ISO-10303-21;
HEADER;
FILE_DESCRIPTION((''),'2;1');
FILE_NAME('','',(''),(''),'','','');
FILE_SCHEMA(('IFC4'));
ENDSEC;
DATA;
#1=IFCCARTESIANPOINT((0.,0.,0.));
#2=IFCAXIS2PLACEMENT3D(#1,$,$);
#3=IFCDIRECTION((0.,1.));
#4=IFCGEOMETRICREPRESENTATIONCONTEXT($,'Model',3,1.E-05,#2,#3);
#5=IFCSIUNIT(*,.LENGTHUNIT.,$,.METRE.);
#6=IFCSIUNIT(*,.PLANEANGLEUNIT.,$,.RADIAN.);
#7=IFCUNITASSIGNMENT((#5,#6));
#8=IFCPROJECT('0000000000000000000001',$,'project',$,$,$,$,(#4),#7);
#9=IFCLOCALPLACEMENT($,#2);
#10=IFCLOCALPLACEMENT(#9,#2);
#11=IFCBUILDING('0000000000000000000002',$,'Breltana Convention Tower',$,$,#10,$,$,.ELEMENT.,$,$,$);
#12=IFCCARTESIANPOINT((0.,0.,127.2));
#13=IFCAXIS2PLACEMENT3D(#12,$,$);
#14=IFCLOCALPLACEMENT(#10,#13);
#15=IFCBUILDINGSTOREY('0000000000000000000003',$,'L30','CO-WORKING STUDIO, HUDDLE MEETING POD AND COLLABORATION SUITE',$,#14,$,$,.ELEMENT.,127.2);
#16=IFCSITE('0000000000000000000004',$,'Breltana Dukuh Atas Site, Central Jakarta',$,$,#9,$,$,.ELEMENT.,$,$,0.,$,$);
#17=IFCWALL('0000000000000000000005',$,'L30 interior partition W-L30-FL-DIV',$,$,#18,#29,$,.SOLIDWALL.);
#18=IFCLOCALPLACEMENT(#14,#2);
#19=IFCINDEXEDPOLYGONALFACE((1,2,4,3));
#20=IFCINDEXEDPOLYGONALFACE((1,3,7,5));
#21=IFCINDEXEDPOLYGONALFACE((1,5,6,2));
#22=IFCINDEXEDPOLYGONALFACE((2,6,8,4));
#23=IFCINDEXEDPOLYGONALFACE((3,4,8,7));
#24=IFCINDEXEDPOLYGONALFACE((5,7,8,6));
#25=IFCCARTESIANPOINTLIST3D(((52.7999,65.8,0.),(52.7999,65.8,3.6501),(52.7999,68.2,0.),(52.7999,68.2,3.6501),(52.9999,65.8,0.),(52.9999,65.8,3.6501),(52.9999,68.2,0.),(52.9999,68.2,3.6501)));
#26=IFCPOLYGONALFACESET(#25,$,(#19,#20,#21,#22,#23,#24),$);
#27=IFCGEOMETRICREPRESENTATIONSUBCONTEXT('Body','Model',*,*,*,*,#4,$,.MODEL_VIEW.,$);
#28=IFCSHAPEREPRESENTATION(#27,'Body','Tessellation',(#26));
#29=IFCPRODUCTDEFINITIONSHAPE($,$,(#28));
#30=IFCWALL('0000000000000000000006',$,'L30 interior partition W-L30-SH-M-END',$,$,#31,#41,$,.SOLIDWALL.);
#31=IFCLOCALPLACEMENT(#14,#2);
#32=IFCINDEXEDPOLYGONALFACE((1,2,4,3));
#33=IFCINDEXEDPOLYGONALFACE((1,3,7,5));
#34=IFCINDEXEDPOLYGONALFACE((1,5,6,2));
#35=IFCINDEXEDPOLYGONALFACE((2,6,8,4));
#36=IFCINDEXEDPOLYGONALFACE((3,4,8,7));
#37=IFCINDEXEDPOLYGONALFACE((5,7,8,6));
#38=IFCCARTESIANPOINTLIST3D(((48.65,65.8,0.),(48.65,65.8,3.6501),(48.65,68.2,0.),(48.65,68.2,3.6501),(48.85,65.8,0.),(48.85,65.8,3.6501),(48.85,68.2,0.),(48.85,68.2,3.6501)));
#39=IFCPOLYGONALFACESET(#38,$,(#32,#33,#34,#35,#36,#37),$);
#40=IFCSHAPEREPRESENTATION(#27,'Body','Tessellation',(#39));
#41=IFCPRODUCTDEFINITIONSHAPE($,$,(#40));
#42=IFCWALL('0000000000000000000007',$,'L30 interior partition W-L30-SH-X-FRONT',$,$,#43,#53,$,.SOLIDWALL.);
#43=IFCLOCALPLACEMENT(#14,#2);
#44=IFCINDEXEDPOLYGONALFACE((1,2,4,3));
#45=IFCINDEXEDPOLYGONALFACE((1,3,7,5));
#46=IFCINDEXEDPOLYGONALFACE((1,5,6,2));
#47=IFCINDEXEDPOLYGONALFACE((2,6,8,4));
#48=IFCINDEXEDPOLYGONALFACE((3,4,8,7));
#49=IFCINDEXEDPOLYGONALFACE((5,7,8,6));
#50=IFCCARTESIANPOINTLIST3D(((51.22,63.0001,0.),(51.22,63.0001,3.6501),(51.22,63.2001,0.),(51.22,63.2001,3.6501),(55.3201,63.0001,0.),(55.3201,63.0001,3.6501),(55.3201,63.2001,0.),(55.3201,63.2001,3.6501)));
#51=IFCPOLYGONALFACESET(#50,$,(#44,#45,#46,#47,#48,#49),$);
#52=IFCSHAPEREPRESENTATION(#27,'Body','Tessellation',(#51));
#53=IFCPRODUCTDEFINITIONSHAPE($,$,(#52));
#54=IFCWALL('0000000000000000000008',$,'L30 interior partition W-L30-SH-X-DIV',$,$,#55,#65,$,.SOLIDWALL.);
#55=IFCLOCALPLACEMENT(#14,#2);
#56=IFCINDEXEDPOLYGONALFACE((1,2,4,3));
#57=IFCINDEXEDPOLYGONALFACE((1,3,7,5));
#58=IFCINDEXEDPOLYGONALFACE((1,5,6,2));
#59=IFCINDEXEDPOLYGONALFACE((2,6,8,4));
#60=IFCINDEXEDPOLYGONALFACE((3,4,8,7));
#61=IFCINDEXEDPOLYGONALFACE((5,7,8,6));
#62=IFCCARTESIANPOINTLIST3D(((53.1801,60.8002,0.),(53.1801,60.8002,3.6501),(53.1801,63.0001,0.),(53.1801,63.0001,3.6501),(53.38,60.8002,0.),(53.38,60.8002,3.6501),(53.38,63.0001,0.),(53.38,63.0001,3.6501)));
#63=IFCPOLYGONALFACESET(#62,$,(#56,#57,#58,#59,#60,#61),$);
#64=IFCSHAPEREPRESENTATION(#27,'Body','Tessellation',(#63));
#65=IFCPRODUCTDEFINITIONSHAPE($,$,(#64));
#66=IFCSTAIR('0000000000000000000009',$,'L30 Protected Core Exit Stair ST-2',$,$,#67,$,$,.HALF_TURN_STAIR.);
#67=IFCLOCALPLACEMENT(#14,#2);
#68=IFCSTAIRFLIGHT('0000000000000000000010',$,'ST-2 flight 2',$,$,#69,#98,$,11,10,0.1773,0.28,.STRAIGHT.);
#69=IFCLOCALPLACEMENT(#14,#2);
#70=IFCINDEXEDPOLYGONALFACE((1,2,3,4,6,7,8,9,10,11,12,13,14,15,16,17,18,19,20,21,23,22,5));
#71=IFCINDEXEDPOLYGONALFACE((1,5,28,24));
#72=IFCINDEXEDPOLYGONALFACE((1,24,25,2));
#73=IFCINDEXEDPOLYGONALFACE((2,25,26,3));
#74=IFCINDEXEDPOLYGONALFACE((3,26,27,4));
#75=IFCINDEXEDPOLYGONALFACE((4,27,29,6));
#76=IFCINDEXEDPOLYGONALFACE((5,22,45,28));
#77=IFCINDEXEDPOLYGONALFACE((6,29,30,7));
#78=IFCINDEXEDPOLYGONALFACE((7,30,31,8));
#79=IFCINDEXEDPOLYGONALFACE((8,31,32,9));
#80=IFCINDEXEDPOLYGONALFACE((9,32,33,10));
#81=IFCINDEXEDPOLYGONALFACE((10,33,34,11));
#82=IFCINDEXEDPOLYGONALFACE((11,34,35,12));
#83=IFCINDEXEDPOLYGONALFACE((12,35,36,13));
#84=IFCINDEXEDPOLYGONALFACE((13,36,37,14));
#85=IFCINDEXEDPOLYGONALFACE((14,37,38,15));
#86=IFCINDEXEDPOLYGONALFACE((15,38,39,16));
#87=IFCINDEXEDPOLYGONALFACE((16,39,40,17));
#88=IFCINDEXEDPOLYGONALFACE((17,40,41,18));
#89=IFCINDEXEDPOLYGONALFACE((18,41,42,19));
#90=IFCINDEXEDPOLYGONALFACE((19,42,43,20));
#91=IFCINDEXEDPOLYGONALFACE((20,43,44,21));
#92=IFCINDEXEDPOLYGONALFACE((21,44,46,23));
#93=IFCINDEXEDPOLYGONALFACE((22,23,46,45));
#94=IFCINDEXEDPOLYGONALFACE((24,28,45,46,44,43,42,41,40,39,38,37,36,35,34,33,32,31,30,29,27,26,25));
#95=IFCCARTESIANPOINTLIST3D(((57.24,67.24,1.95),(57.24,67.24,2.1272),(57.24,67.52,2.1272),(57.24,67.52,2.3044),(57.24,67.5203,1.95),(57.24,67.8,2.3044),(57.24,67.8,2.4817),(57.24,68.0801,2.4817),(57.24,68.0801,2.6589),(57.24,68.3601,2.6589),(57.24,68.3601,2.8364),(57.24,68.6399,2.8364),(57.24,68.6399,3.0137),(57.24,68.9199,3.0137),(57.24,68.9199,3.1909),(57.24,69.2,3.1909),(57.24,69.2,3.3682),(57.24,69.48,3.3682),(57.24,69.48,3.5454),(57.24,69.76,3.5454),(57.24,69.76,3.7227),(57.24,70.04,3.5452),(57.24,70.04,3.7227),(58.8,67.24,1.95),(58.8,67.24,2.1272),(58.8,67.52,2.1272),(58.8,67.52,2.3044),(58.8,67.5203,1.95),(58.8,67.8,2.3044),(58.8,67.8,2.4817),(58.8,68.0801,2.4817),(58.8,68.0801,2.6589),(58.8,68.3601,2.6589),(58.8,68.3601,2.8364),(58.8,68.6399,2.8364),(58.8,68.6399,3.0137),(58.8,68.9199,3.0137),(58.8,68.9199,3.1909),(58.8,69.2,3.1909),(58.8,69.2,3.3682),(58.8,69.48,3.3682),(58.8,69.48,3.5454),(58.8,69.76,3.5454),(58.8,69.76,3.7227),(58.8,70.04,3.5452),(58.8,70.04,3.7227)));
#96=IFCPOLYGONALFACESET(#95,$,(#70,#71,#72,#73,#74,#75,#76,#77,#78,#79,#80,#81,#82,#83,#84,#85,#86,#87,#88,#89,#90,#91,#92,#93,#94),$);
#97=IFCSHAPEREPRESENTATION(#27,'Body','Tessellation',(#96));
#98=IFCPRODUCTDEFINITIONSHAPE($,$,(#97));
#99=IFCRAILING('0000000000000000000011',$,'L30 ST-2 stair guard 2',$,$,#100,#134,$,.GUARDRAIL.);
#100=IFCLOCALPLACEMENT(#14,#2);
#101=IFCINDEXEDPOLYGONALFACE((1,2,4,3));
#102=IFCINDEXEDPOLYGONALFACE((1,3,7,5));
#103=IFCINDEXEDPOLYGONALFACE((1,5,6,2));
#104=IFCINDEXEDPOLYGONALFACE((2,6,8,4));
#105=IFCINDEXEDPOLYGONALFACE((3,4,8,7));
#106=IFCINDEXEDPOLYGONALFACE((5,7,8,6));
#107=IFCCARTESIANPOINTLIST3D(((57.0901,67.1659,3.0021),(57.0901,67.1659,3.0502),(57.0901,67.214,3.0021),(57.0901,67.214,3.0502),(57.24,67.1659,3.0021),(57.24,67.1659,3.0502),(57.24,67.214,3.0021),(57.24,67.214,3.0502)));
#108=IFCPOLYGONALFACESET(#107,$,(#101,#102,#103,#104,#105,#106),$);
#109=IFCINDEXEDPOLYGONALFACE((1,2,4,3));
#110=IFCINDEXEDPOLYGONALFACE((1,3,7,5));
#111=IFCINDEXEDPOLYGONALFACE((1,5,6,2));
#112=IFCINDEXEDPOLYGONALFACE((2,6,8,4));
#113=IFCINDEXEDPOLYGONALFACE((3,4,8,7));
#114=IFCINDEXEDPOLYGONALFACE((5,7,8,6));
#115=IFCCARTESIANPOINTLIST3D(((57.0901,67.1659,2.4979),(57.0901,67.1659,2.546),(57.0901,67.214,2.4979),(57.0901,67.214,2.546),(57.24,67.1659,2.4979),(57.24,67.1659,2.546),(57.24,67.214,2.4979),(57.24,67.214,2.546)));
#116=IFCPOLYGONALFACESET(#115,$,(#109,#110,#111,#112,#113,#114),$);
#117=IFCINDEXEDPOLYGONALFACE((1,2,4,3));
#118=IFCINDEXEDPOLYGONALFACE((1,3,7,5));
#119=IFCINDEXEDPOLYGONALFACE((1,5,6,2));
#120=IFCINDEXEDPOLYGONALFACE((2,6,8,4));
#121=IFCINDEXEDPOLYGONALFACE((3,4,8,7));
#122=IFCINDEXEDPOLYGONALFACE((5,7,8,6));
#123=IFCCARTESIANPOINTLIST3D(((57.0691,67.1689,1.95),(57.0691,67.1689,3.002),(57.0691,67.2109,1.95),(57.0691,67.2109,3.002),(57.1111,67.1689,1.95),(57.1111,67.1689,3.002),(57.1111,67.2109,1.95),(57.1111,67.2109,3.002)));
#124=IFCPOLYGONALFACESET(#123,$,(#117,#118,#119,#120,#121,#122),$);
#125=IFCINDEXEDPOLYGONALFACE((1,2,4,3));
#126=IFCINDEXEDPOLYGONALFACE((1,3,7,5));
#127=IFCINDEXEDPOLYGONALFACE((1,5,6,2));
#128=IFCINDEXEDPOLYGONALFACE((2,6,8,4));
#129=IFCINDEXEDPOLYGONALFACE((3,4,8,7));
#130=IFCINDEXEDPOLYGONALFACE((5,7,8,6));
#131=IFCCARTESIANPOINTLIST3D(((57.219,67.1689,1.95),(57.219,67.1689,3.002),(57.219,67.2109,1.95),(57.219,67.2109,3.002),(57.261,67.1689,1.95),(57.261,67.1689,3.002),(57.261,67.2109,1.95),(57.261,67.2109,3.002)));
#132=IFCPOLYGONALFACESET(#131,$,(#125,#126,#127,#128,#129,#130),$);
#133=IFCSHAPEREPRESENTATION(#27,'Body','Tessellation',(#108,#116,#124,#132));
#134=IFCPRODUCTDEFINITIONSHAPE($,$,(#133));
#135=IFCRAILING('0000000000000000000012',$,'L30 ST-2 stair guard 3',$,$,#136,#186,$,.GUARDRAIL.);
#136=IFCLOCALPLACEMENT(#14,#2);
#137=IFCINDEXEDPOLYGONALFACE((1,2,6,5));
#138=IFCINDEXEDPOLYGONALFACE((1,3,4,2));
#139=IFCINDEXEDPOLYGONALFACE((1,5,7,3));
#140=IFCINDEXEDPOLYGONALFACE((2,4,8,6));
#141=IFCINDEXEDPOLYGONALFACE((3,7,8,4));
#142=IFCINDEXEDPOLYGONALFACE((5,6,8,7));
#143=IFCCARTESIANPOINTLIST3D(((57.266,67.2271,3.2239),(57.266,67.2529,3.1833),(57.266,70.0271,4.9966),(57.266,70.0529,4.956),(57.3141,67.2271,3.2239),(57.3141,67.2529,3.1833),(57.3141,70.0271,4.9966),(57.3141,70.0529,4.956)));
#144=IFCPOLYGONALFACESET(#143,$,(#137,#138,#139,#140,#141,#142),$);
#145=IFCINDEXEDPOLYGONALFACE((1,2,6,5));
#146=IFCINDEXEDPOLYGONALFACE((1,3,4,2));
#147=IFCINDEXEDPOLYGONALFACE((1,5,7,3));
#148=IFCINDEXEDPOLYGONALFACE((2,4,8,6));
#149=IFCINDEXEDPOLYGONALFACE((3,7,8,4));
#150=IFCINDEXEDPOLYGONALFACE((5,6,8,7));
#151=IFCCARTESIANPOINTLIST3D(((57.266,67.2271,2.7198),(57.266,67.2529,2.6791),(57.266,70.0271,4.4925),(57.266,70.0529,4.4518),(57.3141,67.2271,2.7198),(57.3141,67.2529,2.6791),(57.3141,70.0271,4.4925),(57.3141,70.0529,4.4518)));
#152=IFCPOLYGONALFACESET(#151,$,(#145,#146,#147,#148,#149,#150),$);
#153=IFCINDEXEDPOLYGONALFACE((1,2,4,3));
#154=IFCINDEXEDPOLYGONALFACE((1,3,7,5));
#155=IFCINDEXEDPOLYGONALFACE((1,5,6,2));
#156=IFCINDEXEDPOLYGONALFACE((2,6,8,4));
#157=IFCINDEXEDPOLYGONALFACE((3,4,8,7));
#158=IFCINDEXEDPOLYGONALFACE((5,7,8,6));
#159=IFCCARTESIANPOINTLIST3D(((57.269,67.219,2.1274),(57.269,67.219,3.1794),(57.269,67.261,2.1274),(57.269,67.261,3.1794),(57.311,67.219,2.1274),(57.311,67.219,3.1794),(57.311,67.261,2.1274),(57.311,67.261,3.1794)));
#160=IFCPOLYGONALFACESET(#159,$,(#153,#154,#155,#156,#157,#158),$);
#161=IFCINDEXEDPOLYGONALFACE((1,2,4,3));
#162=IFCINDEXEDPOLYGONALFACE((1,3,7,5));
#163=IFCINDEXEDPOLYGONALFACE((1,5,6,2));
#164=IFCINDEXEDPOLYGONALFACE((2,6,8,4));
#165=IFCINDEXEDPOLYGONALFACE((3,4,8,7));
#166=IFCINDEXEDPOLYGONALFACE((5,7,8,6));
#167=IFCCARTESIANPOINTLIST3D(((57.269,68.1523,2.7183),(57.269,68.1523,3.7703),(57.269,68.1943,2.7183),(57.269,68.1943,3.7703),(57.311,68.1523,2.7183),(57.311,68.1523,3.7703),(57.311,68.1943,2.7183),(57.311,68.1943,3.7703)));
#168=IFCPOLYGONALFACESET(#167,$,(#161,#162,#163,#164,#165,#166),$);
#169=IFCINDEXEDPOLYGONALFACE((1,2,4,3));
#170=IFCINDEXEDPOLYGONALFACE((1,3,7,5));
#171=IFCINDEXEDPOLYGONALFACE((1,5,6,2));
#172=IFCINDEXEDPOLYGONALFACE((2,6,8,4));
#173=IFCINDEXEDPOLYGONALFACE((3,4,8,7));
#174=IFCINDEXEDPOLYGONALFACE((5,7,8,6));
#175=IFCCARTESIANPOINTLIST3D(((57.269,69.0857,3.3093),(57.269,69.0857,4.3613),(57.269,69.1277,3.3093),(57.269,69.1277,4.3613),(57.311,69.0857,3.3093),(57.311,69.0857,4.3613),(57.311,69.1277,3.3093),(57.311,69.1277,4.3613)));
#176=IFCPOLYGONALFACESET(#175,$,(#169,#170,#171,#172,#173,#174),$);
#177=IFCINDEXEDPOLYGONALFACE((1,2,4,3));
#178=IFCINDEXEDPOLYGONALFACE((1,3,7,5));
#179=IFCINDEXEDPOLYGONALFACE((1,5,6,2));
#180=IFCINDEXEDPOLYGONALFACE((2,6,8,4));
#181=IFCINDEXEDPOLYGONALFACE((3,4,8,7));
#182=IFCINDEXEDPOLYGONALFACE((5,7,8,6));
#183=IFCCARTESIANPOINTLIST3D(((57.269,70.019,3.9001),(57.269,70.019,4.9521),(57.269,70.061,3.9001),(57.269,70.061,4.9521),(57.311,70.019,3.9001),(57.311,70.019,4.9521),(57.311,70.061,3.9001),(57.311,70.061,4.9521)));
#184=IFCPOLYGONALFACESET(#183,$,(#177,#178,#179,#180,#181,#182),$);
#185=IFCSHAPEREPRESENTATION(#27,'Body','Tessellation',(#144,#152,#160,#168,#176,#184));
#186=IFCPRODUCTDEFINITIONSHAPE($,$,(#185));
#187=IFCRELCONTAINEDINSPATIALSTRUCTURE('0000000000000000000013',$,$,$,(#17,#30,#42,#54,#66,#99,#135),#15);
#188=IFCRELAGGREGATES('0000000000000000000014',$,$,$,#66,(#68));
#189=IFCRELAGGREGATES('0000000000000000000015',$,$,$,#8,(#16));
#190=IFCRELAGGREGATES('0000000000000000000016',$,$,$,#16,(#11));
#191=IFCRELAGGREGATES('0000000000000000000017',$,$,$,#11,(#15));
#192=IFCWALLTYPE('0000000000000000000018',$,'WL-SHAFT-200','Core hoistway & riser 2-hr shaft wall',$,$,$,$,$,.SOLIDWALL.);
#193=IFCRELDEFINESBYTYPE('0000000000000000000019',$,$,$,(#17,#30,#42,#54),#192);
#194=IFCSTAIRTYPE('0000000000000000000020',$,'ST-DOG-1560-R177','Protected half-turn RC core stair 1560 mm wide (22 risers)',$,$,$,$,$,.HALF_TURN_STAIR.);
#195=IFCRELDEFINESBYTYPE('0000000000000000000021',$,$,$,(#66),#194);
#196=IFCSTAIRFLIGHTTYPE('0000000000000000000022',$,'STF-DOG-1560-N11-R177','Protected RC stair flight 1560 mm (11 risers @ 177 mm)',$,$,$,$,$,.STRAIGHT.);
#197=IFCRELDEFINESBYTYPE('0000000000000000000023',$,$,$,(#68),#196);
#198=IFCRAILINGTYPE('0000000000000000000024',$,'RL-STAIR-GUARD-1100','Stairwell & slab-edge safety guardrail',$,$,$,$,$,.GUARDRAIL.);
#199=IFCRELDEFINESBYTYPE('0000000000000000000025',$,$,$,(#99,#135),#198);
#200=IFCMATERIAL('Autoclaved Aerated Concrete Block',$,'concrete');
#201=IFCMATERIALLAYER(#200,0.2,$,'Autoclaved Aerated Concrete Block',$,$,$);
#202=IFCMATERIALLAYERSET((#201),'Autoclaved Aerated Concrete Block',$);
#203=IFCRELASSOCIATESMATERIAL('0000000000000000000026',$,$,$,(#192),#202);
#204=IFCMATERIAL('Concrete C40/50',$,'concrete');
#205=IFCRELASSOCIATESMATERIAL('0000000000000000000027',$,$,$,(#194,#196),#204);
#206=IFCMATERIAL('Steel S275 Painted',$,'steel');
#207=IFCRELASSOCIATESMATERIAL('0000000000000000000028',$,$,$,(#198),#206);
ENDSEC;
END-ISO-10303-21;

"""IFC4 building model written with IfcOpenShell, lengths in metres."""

from ifc_helpers import new_model, si_unit, direction, frame, frame_2d, origin, origin_2d, place, context, subcontext, project, spatial, polyline, rectangle, outline, extrude, source, transform, mapped, material, layer, layer_set, type_object, element, aggregate, save


model = new_model("IFC4")

# Units and contexts
model_context = context("Model", 3, precision=1e-05, world=origin(), true_north=direction((0.0, 1.0)))
body_context = subcontext(model_context, "Body", "Model", "MODEL_VIEW")
ifc_project = project(units=[si_unit("LENGTHUNIT", "METRE"), si_unit("PLANEANGLEUNIT", "RADIAN")], contexts=[model_context])

# Site, building, storey
site_placement = place(None, origin())
site = spatial("IfcSite", under=ifc_project, at=site_placement, Name="Breltana Dukuh Atas Site, Central Jakarta", CompositionType="ELEMENT", RefElevation=0.0)
building_placement = place(site_placement, origin())
building = spatial("IfcBuilding", under=site, at=building_placement, Name="Breltana Convention Tower", CompositionType="ELEMENT")
storey_placement = place(building_placement, frame((0.0, 0.0, 127.2)))
storey = spatial("IfcBuildingStorey", under=building, at=storey_placement, Name="L30", Description="CO-WORKING STUDIO, HUDDLE MEETING POD AND COLLABORATION SUITE", CompositionType="ELEMENT", Elevation=127.2)

# Walls
ifc_material_1 = material(Name="Autoclaved Aerated Concrete Block", Category="concrete")
ifc_layer_1 = layer(ifc_material_1, 0.2, Name="Autoclaved Aerated Concrete Block")
ifc_layer_set_1 = layer_set([ifc_layer_1], Name="Autoclaved Aerated Concrete Block")
wall_type_1 = type_object("IfcWallType", Name="WL-SHAFT-200", Description="Core hoistway & riser 2-hr shaft wall", PredefinedType="SOLIDWALL", material=ifc_layer_set_1)
shared_shape_1 = source(origin(), body_context, "Body", "SweptSolid", [
    extrude(rectangle(XDim=2.3999, YDim=0.2, at=frame_2d((1.2, 0.0))), origin(), (0.0, 0.0, 1.0), 3.6501),
])
for number, where, z_axis, x_axis, name in (
    (1, (52.8999, 65.8, 0.0), (0.0, 0.0, 1.0), (0.0, 1.0, 0.0), "L30 interior partition W-L30-FL-DIV"),
    (2, (48.75, 65.8, 0.0), (0.0, 0.0, 1.0), (0.0, 1.0, 0.0), "L30 interior partition W-L30-SH-M-END"),
):
    element("IfcWall", number, at=place(storey_placement, frame(where, z_axis=z_axis, x_axis=x_axis)), inside=storey, type_object=wall_type_1, Name=name, PredefinedType="SOLIDWALL", context=body_context, shape_type="MappedRepresentation", body=[
        mapped(shared_shape_1, transform((0.0, 0.0, 0.0), scale=1.0)),
    ])
shared_shape_2 = source(origin(), body_context, "Body", "SweptSolid", [
    extrude(rectangle(XDim=4.1001, YDim=0.2, at=frame_2d((2.05, 0.0))), origin(), (0.0, 0.0, 1.0), 3.6501),
])
wall_1_placement = place(storey_placement, frame((51.22, 63.1001, 0.0), z_axis=(0.0, 0.0, 1.0), x_axis=(1.0, 0.0, 0.0)))
element("IfcWall", 3, at=wall_1_placement, inside=storey, type_object=wall_type_1, Name="L30 interior partition W-L30-SH-X-FRONT", PredefinedType="SOLIDWALL", context=body_context, shape_type="MappedRepresentation", body=[
    mapped(shared_shape_2, transform((0.0, 0.0, 0.0), scale=1.0)),
])
shared_shape_3 = source(origin(), body_context, "Body", "SweptSolid", [
    extrude(rectangle(XDim=2.2, YDim=0.2, at=frame_2d((1.1001, 0.0))), origin(), (0.0, 0.0, 1.0), 3.6501),
])
wall_2_placement = place(storey_placement, frame((53.28, 60.8, 0.0), z_axis=(0.0, 0.0, 1.0), x_axis=(0.0, 1.0, 0.0)))
element("IfcWall", 4, at=wall_2_placement, inside=storey, type_object=wall_type_1, Name="L30 interior partition W-L30-SH-X-DIV", PredefinedType="SOLIDWALL", context=body_context, shape_type="MappedRepresentation", body=[
    mapped(shared_shape_3, transform((0.0, 0.0, 0.0), scale=1.0)),
])

# Stair, stair flight
ifc_material_2 = material(Name="Concrete C40/50", Category="concrete")
stair_type = type_object("IfcStairType", Name="ST-DOG-1560-R177", Description="Protected half-turn RC core stair 1560 mm wide (22 risers)", PredefinedType="HALF_TURN_STAIR", material=ifc_material_2)
stair_placement = place(storey_placement, origin())
stair = element("IfcStair", 5, at=stair_placement, inside=storey, type_object=stair_type, Name="L30 Protected Core Exit Stair ST-2", PredefinedType="HALF_TURN_STAIR")
stair_flight_type = type_object("IfcStairFlightType", Name="STF-DOG-1560-N11-R177", Description="Protected RC stair flight 1560 mm (11 risers @ 177 mm)", PredefinedType="STRAIGHT", material=ifc_material_2)
stair_flight_placement = place(storey_placement, frame((58.02, 67.24, 1.95), z_axis=(0.0, 0.0, 1.0), x_axis=(0.0, 1.0, 0.0)))
stair_flight = element("IfcStairFlight", 6, at=stair_flight_placement, type_object=stair_flight_type, Name="ST-2 flight 2", NumberOfRisers=11, NumberOfTreads=10, PredefinedType="STRAIGHT", RiserHeight=0.1773, TreadLength=0.28, context=body_context, shape_type="SweptSolid", body=[
    extrude(outline(polyline([(0.0, 0.0), (0.0, 0.1772), (0.28, 0.1772), (0.28, 0.3545), (0.5601, 0.3545), (0.5601, 0.5317), (0.8401, 0.5317), (0.8401, 0.709), (1.1201, 0.709), (1.1201, 0.8865), (1.3999, 0.8865), (1.3999, 1.0637), (1.6799, 1.0637), (1.6799, 1.241), (1.96, 1.241), (1.96, 1.4182), (2.24, 1.4182), (2.24, 1.5955), (2.52, 1.5955), (2.52, 1.7727), (2.8, 1.7727), (2.8, 1.95), (2.8, 1.5952), (0.2803, 0.0), (0.0, 0.0)])), frame((0.0, 0.78, 0.0), z_axis=(0.0, -1.0, 0.0), x_axis=(1.0, 0.0, 0.0)), (0.0, 0.0, 1.0), 1.5601),
])
aggregate(stair, [stair_flight])

# Railings
ifc_material_3 = material(Name="Steel S275 Painted", Category="steel")
railing_type = type_object("IfcRailingType", Name="RL-STAIR-GUARD-1100", Description="Stairwell & slab-edge safety guardrail", PredefinedType="GUARDRAIL", material=ifc_material_3)
railing_1_placement = place(storey_placement, frame((57.0901, 67.1899, 1.95)))
element("IfcRailing", 7, at=railing_1_placement, inside=storey, type_object=railing_type, Name="L30 ST-2 stair guard 2", PredefinedType="GUARDRAIL", context=body_context, shape_type="SweptSolid", body=[
    extrude(rectangle(XDim=0.0481, YDim=0.0481, at=origin_2d()), frame((0.0, 0.0, 1.0762), z_axis=(1.0, 0.0, 0.0), x_axis=(0.0, 1.0, 0.0)), (0.0, 0.0, 1.0), 0.1499),
    extrude(rectangle(XDim=0.0481, YDim=0.0481, at=origin_2d()), frame((0.0, 0.0, 0.572), z_axis=(1.0, 0.0, 0.0), x_axis=(0.0, 1.0, 0.0)), (0.0, 0.0, 1.0), 0.1499),
    extrude(rectangle(XDim=0.042, YDim=0.042, at=origin_2d()), origin(), (0.0, 0.0, 1.0), 1.052),
    extrude(rectangle(XDim=0.042, YDim=0.042, at=origin_2d()), frame((0.1499, 0.0, 0.0)), (0.0, 0.0, 1.0), 1.052),
])
railing_2_placement = place(storey_placement, frame((57.29, 67.24, 2.1274)))
element("IfcRailing", 8, at=railing_2_placement, inside=storey, type_object=railing_type, Name="L30 ST-2 stair guard 3", PredefinedType="GUARDRAIL", context=body_context, shape_type="SweptSolid", body=[
    extrude(rectangle(XDim=0.0481, YDim=0.0481, at=origin_2d()), frame((0.0, 0.0, 1.0762), z_axis=(0.0, 0.844909, 0.53491), x_axis=(-1.0, 0.0, 0.0)), (0.0, 0.0, 1.0), 3.314),
    extrude(rectangle(XDim=0.0481, YDim=0.0481, at=origin_2d()), frame((0.0, 0.0, 0.572), z_axis=(0.0, 0.844909, 0.53491), x_axis=(-1.0, 0.0, 0.0)), (0.0, 0.0, 1.0), 3.314),
    extrude(rectangle(XDim=0.042, YDim=0.042, at=origin_2d()), origin(), (0.0, 0.0, 1.0), 1.052),
    extrude(rectangle(XDim=0.042, YDim=0.042, at=origin_2d()), frame((0.0, 0.9333, 0.5908)), (0.0, 0.0, 1.0), 1.052),
    extrude(rectangle(XDim=0.042, YDim=0.042, at=origin_2d()), frame((0.0, 1.8667, 1.1819)), (0.0, 0.0, 1.0), 1.052),
    extrude(rectangle(XDim=0.042, YDim=0.042, at=origin_2d()), frame((0.0, 2.8, 1.7727)), (0.0, 0.0, 1.0), 1.052),
])

save(model, "model.ifc")
